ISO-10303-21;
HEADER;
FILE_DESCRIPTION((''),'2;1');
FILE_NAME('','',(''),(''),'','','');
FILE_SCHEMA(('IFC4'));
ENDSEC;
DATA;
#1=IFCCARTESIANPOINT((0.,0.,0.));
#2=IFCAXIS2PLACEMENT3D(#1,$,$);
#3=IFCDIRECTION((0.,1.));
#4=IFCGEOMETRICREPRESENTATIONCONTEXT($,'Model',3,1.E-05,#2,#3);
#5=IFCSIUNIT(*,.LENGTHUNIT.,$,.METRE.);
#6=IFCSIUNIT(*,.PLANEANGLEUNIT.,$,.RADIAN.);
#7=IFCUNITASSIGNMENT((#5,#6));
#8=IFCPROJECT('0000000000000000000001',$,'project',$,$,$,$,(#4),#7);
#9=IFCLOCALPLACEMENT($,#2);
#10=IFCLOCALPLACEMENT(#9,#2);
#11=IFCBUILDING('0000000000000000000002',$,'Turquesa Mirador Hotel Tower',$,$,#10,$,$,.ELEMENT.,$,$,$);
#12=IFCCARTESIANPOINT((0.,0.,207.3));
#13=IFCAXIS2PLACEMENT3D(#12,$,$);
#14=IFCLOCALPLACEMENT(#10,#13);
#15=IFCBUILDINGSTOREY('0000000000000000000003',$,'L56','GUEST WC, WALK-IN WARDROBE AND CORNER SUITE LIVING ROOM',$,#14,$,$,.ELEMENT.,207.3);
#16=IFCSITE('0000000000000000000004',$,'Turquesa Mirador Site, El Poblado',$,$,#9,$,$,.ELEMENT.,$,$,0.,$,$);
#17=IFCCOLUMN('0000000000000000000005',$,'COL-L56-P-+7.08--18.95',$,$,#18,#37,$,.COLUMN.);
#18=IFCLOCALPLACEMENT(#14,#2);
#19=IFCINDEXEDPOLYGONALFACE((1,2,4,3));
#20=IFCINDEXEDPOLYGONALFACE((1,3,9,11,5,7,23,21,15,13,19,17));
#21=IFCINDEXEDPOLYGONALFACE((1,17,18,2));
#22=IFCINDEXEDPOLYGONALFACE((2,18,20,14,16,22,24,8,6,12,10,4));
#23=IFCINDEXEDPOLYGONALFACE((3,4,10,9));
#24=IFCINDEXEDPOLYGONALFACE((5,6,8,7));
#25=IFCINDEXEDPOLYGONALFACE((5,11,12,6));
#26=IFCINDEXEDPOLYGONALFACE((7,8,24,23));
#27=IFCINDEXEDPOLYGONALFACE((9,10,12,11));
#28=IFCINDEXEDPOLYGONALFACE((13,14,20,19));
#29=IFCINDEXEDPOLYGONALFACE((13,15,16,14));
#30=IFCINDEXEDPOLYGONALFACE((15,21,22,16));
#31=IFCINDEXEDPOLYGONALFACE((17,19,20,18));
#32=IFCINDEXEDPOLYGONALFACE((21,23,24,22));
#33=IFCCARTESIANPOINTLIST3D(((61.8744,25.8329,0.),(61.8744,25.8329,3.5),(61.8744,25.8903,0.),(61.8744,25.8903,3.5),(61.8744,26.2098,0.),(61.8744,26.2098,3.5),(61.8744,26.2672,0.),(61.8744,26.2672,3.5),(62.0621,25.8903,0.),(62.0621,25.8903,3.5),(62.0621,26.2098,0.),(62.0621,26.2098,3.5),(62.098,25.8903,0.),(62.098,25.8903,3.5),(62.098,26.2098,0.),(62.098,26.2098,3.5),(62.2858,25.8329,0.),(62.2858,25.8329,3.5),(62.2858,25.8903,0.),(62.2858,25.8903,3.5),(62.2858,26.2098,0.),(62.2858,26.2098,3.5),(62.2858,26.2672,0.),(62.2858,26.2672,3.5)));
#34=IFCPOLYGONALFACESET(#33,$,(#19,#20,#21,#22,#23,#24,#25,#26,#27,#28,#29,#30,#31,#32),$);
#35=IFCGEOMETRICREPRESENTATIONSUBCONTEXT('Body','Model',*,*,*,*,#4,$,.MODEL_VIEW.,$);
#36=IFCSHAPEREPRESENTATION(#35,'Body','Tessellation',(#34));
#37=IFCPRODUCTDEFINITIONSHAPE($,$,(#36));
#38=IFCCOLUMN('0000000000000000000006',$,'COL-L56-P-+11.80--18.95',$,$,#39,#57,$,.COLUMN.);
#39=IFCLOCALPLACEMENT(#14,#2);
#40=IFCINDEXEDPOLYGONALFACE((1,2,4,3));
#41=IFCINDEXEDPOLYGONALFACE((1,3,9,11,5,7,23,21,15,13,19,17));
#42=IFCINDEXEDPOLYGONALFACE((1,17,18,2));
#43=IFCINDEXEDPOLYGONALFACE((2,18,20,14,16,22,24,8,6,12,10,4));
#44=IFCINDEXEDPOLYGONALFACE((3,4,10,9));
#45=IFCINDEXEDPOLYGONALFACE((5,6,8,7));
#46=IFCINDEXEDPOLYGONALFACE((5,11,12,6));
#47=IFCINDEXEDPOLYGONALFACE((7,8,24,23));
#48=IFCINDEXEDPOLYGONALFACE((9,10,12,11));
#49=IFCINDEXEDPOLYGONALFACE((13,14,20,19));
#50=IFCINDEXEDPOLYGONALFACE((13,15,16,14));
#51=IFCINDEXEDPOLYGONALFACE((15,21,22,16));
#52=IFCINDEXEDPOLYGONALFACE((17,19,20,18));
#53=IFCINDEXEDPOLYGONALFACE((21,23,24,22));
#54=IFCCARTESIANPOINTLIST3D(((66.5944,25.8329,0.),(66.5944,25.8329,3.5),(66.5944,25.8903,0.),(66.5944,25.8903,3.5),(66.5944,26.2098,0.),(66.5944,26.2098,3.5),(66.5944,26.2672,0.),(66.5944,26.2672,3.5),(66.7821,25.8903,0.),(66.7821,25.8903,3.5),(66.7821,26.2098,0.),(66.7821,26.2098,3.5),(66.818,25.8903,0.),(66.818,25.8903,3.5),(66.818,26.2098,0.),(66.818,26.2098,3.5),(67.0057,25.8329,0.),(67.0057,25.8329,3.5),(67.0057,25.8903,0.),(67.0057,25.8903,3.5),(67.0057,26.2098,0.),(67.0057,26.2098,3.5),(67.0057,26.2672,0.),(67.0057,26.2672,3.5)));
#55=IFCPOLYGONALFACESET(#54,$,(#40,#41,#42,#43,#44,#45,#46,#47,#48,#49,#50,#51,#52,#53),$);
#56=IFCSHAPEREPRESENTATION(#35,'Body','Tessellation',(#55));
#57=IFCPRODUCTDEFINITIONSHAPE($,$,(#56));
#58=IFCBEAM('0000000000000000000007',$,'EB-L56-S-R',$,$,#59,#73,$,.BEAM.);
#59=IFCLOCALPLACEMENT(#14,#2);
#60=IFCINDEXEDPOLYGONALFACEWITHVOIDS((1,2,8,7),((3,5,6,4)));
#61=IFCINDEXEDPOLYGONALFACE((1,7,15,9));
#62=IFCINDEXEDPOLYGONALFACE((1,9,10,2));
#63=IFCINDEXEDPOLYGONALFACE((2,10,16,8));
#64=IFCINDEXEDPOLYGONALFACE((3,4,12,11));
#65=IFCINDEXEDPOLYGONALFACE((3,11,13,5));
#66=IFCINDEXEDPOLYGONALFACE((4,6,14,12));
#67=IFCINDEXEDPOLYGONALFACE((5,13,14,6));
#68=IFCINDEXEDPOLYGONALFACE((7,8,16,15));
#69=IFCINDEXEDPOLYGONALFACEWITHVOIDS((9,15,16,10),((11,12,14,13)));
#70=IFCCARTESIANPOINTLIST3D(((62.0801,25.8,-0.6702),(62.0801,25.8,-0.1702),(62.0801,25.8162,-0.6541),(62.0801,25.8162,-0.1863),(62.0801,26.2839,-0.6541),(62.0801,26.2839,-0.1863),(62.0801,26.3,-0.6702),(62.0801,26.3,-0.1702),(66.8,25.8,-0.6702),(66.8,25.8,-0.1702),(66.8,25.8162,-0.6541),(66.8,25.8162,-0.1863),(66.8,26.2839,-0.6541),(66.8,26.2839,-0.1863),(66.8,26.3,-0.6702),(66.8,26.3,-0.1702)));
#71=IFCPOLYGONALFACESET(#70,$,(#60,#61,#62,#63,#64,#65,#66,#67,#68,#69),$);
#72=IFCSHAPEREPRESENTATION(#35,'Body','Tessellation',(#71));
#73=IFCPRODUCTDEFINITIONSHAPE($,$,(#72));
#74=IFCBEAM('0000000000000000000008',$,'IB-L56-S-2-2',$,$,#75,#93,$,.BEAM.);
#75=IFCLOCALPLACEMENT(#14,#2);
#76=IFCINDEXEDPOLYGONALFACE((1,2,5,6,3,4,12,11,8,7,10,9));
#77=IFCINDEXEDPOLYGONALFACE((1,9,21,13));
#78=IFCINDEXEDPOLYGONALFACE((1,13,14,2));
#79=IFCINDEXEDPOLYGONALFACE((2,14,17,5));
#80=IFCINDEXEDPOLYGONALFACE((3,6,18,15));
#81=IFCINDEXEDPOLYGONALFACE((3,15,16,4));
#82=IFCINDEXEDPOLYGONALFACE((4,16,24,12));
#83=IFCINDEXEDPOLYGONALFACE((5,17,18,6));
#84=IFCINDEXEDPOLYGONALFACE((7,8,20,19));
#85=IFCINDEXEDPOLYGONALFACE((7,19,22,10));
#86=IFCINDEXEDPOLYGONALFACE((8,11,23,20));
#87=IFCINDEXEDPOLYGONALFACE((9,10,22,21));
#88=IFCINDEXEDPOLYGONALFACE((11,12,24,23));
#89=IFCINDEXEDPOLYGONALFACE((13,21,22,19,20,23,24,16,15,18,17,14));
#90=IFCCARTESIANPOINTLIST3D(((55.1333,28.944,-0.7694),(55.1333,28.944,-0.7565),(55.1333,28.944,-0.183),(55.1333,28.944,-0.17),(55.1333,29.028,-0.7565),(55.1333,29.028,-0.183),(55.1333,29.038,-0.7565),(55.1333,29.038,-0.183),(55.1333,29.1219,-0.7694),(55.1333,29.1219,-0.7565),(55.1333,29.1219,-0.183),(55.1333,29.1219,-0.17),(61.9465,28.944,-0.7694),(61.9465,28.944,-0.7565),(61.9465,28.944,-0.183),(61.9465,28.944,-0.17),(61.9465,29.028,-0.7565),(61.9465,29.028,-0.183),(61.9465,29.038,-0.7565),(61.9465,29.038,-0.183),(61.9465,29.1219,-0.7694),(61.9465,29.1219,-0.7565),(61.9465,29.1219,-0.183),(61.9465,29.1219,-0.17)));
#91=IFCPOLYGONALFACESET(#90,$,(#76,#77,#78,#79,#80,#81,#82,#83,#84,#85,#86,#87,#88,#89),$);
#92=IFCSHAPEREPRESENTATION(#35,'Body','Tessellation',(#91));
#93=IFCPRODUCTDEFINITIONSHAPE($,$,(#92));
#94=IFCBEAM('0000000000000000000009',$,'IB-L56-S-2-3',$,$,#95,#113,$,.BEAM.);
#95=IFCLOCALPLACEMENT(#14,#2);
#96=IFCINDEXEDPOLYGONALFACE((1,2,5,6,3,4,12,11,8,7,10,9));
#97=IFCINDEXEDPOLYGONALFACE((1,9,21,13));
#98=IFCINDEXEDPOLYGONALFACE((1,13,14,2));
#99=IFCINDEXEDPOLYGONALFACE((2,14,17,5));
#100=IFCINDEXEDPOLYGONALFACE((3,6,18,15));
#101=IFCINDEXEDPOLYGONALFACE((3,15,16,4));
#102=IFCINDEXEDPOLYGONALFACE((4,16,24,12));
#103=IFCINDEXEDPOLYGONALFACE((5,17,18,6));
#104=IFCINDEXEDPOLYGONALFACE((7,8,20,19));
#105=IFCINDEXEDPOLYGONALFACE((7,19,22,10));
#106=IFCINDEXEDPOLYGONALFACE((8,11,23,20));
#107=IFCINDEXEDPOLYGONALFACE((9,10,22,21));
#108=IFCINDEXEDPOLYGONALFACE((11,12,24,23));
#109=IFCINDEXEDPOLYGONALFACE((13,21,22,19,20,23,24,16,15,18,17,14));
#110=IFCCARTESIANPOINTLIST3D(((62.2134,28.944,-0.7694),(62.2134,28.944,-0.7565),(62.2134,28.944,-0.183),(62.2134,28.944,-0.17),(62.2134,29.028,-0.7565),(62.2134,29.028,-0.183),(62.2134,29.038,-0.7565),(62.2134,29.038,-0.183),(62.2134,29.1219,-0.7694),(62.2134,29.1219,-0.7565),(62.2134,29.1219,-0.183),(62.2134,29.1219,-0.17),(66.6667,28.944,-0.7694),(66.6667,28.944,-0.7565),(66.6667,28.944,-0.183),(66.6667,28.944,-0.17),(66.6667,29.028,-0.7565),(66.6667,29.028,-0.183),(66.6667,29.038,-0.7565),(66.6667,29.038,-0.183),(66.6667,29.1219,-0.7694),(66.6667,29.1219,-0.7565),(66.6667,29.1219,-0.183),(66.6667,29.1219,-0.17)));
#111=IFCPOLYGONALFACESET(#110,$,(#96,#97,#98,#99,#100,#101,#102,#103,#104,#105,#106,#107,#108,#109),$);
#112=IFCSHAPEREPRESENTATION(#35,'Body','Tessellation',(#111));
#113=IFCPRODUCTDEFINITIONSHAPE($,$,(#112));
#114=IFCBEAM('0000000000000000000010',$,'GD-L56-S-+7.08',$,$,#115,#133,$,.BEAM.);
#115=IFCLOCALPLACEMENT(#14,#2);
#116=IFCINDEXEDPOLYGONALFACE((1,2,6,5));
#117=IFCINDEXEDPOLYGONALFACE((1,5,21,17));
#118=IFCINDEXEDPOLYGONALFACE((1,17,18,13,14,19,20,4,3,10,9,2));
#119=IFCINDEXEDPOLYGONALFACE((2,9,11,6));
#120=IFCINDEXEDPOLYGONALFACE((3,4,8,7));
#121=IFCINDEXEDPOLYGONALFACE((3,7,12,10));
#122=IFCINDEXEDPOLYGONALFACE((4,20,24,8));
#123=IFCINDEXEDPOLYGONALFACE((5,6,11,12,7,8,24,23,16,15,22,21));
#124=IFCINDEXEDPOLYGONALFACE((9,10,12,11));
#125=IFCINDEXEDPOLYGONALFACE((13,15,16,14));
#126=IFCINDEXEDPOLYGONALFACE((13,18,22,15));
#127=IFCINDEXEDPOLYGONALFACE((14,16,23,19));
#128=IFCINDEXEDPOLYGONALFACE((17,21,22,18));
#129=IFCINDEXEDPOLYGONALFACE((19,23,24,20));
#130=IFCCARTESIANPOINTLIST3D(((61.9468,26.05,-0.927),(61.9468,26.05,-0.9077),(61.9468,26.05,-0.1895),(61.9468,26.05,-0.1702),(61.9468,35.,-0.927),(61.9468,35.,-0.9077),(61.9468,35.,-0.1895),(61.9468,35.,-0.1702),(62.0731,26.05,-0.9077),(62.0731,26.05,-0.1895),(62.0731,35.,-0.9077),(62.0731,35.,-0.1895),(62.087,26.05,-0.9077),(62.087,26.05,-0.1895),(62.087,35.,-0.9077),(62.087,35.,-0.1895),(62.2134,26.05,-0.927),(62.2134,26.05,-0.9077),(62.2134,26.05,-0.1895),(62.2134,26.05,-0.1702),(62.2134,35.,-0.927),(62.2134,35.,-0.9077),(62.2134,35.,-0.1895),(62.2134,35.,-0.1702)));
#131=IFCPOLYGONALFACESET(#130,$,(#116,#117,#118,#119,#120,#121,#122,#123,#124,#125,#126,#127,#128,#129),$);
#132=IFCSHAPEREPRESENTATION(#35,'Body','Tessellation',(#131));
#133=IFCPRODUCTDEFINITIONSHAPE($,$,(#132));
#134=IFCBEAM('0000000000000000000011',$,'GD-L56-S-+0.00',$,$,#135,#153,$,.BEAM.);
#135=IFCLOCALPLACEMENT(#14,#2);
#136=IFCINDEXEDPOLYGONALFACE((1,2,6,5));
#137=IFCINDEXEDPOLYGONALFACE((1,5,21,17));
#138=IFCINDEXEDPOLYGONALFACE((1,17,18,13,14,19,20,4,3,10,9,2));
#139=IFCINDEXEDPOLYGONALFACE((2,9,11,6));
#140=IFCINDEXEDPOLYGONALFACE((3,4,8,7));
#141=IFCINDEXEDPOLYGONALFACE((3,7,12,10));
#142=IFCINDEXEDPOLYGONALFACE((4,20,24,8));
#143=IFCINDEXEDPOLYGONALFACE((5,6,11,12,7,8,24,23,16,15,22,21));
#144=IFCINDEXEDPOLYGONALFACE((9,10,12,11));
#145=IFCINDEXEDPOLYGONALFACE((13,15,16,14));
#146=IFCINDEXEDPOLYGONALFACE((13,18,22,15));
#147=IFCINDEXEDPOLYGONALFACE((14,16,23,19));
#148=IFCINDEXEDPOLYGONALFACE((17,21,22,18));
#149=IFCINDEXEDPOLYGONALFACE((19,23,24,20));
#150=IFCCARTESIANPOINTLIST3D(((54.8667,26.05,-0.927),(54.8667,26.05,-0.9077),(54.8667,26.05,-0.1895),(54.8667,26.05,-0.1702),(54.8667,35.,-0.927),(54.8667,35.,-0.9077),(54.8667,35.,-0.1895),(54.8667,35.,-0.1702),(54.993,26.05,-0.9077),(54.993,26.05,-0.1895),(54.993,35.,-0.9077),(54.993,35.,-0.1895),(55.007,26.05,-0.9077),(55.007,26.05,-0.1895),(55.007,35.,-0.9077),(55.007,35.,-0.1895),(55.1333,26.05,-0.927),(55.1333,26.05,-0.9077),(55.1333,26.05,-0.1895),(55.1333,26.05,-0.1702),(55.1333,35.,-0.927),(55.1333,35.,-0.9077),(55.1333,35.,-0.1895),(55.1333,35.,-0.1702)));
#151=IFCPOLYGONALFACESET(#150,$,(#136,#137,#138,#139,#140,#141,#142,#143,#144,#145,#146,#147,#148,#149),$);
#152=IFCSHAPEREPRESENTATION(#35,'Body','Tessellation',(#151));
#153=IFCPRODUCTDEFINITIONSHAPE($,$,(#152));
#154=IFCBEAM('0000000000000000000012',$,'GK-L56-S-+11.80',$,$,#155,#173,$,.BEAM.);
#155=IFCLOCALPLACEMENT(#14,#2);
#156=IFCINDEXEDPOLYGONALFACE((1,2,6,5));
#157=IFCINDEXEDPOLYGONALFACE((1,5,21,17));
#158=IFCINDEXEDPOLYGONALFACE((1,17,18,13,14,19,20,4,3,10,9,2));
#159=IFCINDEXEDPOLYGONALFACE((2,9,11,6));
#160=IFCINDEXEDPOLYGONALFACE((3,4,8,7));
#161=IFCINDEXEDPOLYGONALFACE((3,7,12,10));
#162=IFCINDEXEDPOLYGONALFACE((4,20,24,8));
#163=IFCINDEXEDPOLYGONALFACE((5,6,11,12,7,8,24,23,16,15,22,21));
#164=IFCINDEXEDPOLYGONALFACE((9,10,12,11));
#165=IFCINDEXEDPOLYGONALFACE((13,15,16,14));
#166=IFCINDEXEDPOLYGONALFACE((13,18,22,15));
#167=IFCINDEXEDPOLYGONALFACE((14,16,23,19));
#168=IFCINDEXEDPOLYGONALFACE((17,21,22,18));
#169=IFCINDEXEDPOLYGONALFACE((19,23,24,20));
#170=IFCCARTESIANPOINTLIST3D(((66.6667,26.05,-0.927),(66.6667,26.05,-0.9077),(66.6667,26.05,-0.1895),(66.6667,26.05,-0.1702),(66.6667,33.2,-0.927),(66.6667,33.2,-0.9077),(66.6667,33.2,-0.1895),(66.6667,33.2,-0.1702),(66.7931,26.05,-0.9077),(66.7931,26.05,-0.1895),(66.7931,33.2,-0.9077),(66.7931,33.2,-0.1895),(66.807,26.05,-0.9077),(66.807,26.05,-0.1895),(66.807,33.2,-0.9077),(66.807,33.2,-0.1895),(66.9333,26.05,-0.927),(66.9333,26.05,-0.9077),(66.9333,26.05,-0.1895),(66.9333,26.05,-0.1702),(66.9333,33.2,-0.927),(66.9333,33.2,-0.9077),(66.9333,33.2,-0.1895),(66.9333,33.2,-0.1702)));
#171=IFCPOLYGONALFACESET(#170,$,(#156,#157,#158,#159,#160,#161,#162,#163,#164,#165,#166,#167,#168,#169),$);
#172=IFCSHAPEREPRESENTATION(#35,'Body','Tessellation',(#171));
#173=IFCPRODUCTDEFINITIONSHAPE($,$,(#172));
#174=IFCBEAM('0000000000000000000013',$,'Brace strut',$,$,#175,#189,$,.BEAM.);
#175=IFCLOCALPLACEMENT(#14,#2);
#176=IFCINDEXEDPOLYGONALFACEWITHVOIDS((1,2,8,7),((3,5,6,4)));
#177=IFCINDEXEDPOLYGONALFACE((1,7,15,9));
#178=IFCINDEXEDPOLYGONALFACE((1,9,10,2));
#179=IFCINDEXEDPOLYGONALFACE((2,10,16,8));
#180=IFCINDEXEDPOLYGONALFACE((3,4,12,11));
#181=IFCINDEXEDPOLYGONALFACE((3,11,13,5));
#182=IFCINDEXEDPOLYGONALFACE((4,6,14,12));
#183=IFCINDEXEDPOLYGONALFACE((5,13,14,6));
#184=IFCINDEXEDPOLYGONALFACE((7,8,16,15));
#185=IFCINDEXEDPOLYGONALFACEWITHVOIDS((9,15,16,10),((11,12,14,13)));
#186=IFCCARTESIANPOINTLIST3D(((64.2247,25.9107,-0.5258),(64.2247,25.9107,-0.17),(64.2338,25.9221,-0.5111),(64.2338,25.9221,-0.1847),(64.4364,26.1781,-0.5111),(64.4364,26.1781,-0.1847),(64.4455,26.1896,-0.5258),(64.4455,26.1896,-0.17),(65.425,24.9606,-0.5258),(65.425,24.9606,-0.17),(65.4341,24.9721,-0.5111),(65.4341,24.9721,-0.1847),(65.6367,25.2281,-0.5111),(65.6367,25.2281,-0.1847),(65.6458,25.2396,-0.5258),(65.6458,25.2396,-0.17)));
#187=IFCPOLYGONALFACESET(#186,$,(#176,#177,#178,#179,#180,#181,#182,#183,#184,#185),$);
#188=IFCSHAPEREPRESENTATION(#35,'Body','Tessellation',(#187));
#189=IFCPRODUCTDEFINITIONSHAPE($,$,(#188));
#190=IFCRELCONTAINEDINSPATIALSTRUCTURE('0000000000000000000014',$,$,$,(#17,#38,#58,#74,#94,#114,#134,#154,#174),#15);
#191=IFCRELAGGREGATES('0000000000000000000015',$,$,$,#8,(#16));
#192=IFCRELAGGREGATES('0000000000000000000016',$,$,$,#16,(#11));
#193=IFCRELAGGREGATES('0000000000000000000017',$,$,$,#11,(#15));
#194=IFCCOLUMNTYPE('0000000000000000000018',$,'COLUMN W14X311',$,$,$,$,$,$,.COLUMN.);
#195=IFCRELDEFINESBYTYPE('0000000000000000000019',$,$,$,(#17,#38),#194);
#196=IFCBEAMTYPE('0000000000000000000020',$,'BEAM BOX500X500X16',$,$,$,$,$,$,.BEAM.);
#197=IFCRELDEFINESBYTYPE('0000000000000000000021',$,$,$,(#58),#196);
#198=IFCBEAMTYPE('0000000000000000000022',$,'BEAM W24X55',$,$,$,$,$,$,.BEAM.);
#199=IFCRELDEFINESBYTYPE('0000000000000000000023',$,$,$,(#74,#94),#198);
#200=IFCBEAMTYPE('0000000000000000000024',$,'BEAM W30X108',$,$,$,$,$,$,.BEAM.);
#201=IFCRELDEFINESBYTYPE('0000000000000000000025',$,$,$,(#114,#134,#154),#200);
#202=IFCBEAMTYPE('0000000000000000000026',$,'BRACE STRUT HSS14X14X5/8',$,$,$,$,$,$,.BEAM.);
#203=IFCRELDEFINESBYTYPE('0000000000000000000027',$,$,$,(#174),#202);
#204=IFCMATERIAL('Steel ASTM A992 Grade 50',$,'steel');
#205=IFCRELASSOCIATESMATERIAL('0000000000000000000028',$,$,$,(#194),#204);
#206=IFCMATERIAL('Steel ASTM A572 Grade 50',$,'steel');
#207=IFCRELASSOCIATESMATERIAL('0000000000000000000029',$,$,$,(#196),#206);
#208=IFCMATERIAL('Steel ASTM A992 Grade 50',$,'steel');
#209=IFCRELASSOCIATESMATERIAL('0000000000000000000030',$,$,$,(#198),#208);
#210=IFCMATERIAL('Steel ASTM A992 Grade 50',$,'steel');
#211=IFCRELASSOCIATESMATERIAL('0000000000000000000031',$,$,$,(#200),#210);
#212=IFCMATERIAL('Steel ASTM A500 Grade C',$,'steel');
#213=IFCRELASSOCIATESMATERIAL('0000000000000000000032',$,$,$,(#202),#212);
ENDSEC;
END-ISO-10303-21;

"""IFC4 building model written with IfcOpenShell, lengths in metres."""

from ifc_helpers import new_model, si_unit, direction, frame, origin, origin_2d, place, context, subcontext, project, spatial, hollow_rectangle, i_section, extrude, material, material_profile, profile_set, type_object, element, save


model = new_model("IFC4")

# Units and contexts
model_context = context("Model", 3, precision=1e-05, world=origin(), true_north=direction((0.0, 1.0)))
body_context = subcontext(model_context, "Body", "Model", "MODEL_VIEW")
ifc_project = project(units=[si_unit("LENGTHUNIT", "METRE"), si_unit("PLANEANGLEUNIT", "RADIAN")], contexts=[model_context])

# Site, building, storey
site_placement = place(None, origin())
site = spatial("IfcSite", under=ifc_project, at=site_placement, Name="Turquesa Mirador Site, El Poblado", CompositionType="ELEMENT", RefElevation=0.0)
building_placement = place(site_placement, origin())
building = spatial("IfcBuilding", under=site, at=building_placement, Name="Turquesa Mirador Hotel Tower", CompositionType="ELEMENT")
storey_placement = place(building_placement, frame((0.0, 0.0, 207.3)))
storey = spatial("IfcBuildingStorey", under=building, at=storey_placement, Name="L56", Description="GUEST WC, WALK-IN WARDROBE AND CORNER SUITE LIVING ROOM", CompositionType="ELEMENT", Elevation=207.3)

# Columns
ifc_material_1 = material(Name="Steel ASTM A992 Grade 50", Category="steel")
ifc_material_profile_1 = material_profile(ifc_material_1, i_section(OverallWidth=0.4114, OverallDepth=0.4343, WebThickness=0.0359, FlangeThickness=0.0574, at=origin_2d()), Name="W14X311")
ifc_profile_set_1 = profile_set([ifc_material_profile_1], Name="Steel ASTM A992 Grade 50")
column_type = type_object("IfcColumnType", Name="COLUMN W14X311", PredefinedType="COLUMN", material=ifc_profile_set_1)
for number, where, z_axis, x_axis, name in (
    (1, (62.0801, 26.05, 0.0), (0.0, 0.0, 1.0), (1.0, 0.0, 0.0), "COL-L56-P-+7.08--18.95"),
    (2, (66.8, 26.05, 0.0), (0.0, 0.0, 1.0), (1.0, 0.0, 0.0), "COL-L56-P-+11.80--18.95"),
):
    element("IfcColumn", number, at=place(storey_placement, frame(where, z_axis=z_axis, x_axis=x_axis)), inside=storey, type_object=column_type, Name=name, PredefinedType="COLUMN", context=body_context, shape_type="SweptSolid", body=[
        extrude(i_section(OverallWidth=0.4114, OverallDepth=0.4343, WebThickness=0.0359, FlangeThickness=0.0574, at=origin_2d()), origin(), (0.0, 0.0, 1.0), 3.5),
    ])

# Beams
ifc_material_2 = material(Name="Steel ASTM A572 Grade 50", Category="steel")
ifc_material_profile_2 = material_profile(ifc_material_2, hollow_rectangle(XDim=0.5, YDim=0.5, WallThickness=0.0161, at=origin_2d()), Name="BOX500X500X16")
ifc_profile_set_2 = profile_set([ifc_material_profile_2], Name="Steel ASTM A572 Grade 50")
beam_type_1 = type_object("IfcBeamType", Name="BEAM BOX500X500X16", PredefinedType="BEAM", material=ifc_profile_set_2)
beam_1_placement = place(storey_placement, frame((62.0801, 26.05, -0.4202), z_axis=(1.0, 0.0, 0.0), x_axis=(0.0, 1.0, 0.0)))
element("IfcBeam", 3, at=beam_1_placement, inside=storey, type_object=beam_type_1, Name="EB-L56-S-R", PredefinedType="BEAM", context=body_context, shape_type="SweptSolid", body=[
    extrude(hollow_rectangle(XDim=0.5, YDim=0.5, WallThickness=0.0161, at=origin_2d()), origin(), (0.0, 0.0, 1.0), 4.72),
])
ifc_material_3 = material(Name="Steel ASTM A992 Grade 50", Category="steel")
ifc_material_profile_3 = material_profile(ifc_material_3, i_section(OverallWidth=0.178, OverallDepth=0.5994, WebThickness=0.01, FlangeThickness=0.0129, at=origin_2d()), Name="W24X55")
ifc_profile_set_3 = profile_set([ifc_material_profile_3], Name="Steel ASTM A992 Grade 50")
beam_type_2 = type_object("IfcBeamType", Name="BEAM W24X55", PredefinedType="BEAM", material=ifc_profile_set_3)
beam_2_placement = place(storey_placement, frame((55.1333, 29.033, -0.4697), z_axis=(1.0, 0.0, 0.0), x_axis=(0.0, 1.0, 0.0)))
element("IfcBeam", 4, at=beam_2_placement, inside=storey, type_object=beam_type_2, Name="IB-L56-S-2-2", PredefinedType="BEAM", context=body_context, shape_type="SweptSolid", body=[
    extrude(i_section(OverallWidth=0.178, OverallDepth=0.5994, WebThickness=0.01, FlangeThickness=0.0129, at=origin_2d()), origin(), (0.0, 0.0, 1.0), 6.8132),
])
beam_3_placement = place(storey_placement, frame((62.2134, 29.033, -0.4697), z_axis=(1.0, 0.0, 0.0), x_axis=(0.0, 1.0, 0.0)))
element("IfcBeam", 5, at=beam_3_placement, inside=storey, type_object=beam_type_2, Name="IB-L56-S-2-3", PredefinedType="BEAM", context=body_context, shape_type="SweptSolid", body=[
    extrude(i_section(OverallWidth=0.178, OverallDepth=0.5994, WebThickness=0.01, FlangeThickness=0.0129, at=origin_2d()), origin(), (0.0, 0.0, 1.0), 4.4534),
])
ifc_material_4 = material(Name="Steel ASTM A992 Grade 50", Category="steel")
ifc_material_profile_4 = material_profile(ifc_material_4, i_section(OverallWidth=0.2666, OverallDepth=0.7568, WebThickness=0.0139, FlangeThickness=0.0193, at=origin_2d()), Name="W30X108")
ifc_profile_set_4 = profile_set([ifc_material_profile_4], Name="Steel ASTM A992 Grade 50")
beam_type_3 = type_object("IfcBeamType", Name="BEAM W30X108", PredefinedType="BEAM", material=ifc_profile_set_4)
for number, where, z_axis, x_axis, name in (
    (6, (62.0801, 26.05, -0.5486), (0.0, 1.0, 0.0), (-1.0, 0.0, 0.0), "GD-L56-S-+7.08"),
    (7, (55.0, 26.05, -0.5486), (0.0, 1.0, 0.0), (-1.0, 0.0, 0.0), "GD-L56-S-+0.00"),
):
    element("IfcBeam", number, at=place(storey_placement, frame(where, z_axis=z_axis, x_axis=x_axis)), inside=storey, type_object=beam_type_3, Name=name, PredefinedType="BEAM", context=body_context, shape_type="SweptSolid", body=[
        extrude(i_section(OverallWidth=0.2666, OverallDepth=0.7568, WebThickness=0.0139, FlangeThickness=0.0193, at=origin_2d()), origin(), (0.0, 0.0, 1.0), 8.95),
    ])
beam_4_placement = place(storey_placement, frame((66.8, 26.05, -0.5486), z_axis=(0.0, 1.0, 0.0), x_axis=(-1.0, 0.0, 0.0)))
element("IfcBeam", 8, at=beam_4_placement, inside=storey, type_object=beam_type_3, Name="GK-L56-S-+11.80", PredefinedType="BEAM", context=body_context, shape_type="SweptSolid", body=[
    extrude(i_section(OverallWidth=0.2666, OverallDepth=0.7568, WebThickness=0.0139, FlangeThickness=0.0193, at=origin_2d()), origin(), (0.0, 0.0, 1.0), 7.1499),
])
ifc_material_5 = material(Name="Steel ASTM A500 Grade C", Category="steel")
ifc_material_profile_5 = material_profile(ifc_material_5, hollow_rectangle(XDim=0.3557, YDim=0.3557, WallThickness=0.0146, at=origin_2d()), Name="HSS14X14X5/8")
ifc_profile_set_5 = profile_set([ifc_material_profile_5], Name="Steel ASTM A500 Grade C")
beam_type_4 = type_object("IfcBeamType", Name="BRACE STRUT HSS14X14X5/8", PredefinedType="BEAM", material=ifc_profile_set_5)
beam_5_placement = place(storey_placement, frame((65.5354, 25.1001, -0.3479), z_axis=(-0.784111, 0.620621, 0.0), x_axis=(-0.620621, -0.784111, 0.0)))
element("IfcBeam", 9, at=beam_5_placement, inside=storey, type_object=beam_type_4, Name="Brace strut", PredefinedType="BEAM", context=body_context, shape_type="SweptSolid", body=[
    extrude(hollow_rectangle(XDim=0.3557, YDim=0.3557, WallThickness=0.0146, at=origin_2d()), origin(), (0.0, 0.0, 1.0), 1.5308),
])

save(model, "model.ifc")
